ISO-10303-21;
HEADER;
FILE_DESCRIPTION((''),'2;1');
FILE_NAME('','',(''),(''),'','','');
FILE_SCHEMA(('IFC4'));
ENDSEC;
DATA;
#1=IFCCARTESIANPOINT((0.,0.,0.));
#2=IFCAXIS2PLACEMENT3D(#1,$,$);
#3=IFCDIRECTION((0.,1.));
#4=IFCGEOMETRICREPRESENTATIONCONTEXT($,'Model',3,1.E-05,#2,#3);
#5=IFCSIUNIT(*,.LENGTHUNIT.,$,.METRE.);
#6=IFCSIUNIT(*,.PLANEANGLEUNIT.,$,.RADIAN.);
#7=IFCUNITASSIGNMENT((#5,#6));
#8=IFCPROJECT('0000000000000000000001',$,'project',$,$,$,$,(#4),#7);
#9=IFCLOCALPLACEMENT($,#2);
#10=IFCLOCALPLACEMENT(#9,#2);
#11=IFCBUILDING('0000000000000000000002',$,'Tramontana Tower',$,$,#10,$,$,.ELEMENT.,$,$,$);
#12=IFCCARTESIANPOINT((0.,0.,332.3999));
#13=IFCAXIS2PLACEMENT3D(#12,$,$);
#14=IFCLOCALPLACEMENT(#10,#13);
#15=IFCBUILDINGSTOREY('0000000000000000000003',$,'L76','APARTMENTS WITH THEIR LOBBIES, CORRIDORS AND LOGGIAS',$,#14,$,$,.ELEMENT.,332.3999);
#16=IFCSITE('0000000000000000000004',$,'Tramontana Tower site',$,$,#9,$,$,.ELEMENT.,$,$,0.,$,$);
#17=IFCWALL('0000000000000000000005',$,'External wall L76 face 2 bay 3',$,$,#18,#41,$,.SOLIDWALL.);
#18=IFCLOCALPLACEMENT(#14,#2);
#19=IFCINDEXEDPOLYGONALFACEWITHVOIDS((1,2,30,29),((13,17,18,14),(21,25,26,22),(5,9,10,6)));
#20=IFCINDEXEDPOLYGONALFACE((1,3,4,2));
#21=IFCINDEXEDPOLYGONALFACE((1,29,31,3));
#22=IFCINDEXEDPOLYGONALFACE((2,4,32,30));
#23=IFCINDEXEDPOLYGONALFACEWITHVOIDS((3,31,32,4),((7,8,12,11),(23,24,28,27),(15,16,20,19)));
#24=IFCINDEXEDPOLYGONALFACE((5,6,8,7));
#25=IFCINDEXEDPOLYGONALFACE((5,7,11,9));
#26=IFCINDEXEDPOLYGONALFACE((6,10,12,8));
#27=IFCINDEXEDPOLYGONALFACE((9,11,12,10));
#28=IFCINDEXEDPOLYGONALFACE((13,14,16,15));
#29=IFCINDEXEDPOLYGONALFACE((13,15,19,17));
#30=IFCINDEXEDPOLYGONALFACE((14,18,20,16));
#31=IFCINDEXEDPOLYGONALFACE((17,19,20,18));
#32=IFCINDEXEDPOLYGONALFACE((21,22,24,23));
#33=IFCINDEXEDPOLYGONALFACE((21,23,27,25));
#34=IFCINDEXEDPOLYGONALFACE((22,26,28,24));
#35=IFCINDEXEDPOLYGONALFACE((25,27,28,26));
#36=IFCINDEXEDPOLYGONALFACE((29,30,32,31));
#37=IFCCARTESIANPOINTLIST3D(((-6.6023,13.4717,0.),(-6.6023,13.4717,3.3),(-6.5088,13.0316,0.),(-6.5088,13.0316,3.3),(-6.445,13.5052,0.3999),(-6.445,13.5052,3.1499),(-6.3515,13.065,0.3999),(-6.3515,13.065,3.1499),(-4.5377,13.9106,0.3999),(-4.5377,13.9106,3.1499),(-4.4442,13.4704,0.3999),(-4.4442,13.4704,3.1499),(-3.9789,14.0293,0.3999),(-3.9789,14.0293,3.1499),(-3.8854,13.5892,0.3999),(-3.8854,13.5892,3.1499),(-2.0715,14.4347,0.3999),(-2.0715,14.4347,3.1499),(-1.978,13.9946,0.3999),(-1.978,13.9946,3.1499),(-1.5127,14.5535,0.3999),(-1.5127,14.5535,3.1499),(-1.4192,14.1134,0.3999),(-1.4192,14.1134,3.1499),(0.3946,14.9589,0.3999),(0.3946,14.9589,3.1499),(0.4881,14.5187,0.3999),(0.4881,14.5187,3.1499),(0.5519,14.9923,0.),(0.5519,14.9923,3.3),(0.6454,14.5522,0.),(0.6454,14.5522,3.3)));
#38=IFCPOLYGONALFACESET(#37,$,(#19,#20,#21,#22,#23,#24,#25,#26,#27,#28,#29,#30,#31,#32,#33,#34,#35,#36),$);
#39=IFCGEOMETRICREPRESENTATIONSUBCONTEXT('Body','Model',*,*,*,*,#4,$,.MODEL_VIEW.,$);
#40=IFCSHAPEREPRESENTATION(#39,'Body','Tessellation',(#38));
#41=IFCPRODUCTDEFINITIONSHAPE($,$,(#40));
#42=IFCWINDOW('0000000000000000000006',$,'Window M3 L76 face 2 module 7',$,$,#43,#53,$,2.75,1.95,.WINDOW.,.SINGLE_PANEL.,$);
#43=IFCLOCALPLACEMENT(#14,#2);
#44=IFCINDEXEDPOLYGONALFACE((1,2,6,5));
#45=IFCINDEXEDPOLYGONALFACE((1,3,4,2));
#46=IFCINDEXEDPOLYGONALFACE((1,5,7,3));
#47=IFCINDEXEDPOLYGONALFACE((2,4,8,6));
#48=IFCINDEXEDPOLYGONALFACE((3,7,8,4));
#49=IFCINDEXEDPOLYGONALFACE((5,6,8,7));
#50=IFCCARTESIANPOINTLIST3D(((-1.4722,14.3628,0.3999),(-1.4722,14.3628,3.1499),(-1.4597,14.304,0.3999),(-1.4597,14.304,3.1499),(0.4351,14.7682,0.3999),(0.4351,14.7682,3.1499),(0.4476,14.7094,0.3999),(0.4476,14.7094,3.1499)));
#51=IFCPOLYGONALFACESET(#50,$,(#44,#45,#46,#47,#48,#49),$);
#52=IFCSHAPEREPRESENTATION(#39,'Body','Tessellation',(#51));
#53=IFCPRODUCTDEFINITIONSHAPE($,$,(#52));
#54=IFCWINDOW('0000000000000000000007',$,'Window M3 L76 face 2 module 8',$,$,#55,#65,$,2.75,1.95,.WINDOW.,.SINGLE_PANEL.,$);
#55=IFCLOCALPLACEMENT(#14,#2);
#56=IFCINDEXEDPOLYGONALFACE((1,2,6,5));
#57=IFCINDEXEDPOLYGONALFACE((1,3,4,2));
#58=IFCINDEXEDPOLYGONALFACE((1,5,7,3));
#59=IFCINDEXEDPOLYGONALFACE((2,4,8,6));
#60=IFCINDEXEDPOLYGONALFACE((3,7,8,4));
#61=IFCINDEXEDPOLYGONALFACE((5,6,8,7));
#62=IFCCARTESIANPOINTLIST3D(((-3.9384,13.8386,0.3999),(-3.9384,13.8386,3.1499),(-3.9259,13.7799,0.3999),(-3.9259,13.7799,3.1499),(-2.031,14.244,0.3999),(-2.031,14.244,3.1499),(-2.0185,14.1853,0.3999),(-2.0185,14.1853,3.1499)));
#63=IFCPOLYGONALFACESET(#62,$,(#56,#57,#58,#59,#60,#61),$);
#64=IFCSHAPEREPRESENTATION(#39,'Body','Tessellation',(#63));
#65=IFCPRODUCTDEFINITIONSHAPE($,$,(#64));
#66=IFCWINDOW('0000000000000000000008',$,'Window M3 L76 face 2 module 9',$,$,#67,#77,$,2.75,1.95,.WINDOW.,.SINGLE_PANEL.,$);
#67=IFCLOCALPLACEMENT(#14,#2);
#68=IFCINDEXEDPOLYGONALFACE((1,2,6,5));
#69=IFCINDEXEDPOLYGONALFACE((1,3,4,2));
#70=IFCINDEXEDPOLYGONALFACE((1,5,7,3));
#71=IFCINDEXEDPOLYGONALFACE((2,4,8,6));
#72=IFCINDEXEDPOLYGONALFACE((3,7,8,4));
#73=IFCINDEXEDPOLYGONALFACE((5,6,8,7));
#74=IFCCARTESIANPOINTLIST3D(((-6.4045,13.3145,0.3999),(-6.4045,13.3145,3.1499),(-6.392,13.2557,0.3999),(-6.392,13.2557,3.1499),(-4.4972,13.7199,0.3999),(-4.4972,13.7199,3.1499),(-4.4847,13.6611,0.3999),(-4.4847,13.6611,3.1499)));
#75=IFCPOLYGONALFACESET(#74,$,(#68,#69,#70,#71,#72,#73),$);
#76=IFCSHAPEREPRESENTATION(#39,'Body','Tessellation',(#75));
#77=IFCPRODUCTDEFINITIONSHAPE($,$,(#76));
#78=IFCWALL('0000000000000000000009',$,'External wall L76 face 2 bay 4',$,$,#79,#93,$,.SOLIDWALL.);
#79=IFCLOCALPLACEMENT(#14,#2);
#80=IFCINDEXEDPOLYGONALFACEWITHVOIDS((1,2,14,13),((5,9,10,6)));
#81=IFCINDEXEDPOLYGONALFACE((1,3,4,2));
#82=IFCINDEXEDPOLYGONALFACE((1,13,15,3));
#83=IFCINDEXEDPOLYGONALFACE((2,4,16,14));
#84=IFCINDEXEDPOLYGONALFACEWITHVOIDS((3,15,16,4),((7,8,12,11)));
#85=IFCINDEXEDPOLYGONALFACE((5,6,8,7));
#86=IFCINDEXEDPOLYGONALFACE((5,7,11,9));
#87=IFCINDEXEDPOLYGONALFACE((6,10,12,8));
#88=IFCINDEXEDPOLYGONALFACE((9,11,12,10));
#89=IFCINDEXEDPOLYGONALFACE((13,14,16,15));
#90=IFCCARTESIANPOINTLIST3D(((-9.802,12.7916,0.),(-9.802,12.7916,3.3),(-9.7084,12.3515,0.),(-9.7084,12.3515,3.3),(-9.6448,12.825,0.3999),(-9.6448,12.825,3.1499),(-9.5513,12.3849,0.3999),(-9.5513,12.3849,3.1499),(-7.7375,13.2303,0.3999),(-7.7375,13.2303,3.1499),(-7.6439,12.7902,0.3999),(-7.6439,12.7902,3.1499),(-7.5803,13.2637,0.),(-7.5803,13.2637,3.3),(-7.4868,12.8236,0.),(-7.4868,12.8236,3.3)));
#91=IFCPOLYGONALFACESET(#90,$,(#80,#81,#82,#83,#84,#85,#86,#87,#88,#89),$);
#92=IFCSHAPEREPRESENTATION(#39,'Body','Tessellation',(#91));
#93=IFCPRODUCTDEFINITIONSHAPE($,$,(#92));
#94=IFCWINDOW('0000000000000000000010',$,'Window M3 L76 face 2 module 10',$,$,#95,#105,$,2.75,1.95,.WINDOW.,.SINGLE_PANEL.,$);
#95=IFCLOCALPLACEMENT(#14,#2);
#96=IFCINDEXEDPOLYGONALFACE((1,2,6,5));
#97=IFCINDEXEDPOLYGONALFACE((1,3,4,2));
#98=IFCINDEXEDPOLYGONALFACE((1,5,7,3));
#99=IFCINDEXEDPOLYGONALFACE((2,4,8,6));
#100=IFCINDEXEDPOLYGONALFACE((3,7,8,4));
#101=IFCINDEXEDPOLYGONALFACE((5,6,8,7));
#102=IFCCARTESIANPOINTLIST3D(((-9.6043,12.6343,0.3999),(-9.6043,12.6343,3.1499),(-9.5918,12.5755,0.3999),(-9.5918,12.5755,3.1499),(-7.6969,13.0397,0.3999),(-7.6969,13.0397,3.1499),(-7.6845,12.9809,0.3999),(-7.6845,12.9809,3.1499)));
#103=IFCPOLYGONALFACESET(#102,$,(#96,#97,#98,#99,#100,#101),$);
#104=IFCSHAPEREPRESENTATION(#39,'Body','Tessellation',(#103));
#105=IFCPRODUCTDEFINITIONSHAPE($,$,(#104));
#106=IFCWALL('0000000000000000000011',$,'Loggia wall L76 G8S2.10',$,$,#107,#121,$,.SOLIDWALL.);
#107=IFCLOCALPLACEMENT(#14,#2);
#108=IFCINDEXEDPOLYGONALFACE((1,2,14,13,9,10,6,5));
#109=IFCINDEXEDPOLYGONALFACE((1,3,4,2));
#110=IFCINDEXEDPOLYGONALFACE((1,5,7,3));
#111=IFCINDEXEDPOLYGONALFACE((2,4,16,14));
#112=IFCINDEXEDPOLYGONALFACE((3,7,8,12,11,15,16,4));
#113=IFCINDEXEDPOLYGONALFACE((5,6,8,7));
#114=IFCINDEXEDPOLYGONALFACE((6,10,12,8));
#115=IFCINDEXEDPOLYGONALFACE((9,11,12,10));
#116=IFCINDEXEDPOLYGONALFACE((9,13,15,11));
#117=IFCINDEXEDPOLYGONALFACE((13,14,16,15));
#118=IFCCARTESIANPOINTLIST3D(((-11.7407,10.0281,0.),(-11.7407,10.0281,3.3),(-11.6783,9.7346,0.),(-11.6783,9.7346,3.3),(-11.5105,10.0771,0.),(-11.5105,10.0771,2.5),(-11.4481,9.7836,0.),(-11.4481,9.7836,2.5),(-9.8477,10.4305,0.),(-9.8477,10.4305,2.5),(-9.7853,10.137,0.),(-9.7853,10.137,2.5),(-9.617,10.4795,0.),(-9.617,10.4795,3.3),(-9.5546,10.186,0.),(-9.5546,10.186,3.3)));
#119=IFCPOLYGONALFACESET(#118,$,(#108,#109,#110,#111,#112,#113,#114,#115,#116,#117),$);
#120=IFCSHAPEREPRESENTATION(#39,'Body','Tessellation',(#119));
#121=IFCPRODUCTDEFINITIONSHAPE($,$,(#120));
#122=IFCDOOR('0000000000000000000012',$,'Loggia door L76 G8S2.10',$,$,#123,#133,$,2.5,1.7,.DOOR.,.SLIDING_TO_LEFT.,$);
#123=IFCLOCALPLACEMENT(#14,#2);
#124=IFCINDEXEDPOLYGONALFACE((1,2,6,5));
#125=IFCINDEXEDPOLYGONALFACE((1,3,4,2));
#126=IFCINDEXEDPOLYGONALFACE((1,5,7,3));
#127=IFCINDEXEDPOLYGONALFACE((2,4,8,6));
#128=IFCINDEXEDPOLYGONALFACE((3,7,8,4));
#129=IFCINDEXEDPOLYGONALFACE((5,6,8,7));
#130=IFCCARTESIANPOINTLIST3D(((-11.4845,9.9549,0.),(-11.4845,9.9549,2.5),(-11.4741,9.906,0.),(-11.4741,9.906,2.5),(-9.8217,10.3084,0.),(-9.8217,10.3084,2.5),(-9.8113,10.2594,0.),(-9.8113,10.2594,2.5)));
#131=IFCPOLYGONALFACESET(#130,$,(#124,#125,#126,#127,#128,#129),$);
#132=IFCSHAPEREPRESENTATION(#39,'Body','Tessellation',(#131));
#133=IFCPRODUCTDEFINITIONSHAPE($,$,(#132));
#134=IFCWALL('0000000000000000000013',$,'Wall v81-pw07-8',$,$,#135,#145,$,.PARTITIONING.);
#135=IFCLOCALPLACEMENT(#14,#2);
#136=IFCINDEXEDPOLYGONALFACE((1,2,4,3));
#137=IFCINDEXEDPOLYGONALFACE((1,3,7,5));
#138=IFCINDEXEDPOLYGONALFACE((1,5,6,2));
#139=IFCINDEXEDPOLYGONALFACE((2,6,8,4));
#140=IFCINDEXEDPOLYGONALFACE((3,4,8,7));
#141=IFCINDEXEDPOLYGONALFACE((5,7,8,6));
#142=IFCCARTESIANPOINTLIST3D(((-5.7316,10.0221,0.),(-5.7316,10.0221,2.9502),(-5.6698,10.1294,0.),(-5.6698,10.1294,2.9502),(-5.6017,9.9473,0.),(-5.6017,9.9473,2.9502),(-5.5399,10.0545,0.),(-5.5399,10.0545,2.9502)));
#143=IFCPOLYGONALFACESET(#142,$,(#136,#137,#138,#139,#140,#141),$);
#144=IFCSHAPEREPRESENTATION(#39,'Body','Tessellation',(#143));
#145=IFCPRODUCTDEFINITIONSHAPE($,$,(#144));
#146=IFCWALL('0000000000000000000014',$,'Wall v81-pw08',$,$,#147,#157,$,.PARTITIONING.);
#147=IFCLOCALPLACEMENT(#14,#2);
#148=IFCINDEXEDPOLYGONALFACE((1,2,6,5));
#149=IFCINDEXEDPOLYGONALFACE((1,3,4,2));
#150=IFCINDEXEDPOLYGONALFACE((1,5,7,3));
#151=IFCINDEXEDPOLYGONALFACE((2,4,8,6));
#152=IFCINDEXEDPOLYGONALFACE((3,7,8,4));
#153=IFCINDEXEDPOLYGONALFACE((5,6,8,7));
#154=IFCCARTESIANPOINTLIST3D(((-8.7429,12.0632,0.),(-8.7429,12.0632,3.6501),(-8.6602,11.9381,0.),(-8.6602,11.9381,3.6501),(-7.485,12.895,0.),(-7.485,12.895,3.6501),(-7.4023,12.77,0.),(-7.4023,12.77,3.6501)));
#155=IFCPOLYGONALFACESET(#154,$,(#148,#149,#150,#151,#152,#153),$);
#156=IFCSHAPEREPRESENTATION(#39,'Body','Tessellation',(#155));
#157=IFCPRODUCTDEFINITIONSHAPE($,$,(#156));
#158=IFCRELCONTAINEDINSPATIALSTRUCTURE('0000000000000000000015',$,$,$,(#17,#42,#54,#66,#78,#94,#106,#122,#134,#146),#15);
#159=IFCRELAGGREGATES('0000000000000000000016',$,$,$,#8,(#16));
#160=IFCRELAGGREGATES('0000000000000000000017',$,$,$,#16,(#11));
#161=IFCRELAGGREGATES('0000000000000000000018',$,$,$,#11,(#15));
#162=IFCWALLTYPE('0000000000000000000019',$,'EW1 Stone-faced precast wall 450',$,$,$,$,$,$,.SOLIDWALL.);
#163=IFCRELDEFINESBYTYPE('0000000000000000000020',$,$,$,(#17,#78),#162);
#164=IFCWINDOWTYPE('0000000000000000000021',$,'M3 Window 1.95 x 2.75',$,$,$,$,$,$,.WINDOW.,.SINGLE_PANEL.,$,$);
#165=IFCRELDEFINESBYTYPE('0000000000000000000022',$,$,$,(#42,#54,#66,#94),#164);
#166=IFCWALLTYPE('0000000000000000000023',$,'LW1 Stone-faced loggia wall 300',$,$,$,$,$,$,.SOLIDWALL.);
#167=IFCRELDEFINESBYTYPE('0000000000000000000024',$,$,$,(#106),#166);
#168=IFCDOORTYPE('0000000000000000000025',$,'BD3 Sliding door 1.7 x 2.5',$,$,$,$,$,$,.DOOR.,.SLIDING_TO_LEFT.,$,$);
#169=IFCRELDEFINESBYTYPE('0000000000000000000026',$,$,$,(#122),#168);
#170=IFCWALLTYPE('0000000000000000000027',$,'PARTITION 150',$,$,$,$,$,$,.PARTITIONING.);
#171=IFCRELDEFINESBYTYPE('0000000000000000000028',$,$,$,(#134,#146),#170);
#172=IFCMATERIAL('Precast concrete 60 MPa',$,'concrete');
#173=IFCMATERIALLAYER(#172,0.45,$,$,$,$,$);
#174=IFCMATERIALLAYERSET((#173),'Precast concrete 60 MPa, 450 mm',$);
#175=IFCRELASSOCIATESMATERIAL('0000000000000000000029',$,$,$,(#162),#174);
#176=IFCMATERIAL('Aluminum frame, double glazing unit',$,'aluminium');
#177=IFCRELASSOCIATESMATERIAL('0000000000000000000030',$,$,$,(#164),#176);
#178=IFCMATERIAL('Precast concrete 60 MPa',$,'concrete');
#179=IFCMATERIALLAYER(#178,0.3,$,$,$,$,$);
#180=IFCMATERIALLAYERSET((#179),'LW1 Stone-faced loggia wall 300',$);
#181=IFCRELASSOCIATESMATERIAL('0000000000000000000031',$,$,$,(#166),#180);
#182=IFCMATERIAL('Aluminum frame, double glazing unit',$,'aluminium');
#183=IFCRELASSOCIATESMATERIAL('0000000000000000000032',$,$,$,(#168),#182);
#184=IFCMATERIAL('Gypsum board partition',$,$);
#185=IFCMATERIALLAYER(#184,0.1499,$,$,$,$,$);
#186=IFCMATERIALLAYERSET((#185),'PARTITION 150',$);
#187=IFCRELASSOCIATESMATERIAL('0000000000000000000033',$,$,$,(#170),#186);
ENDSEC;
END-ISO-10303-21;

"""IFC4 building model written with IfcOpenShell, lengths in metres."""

from ifc_helpers import new_model, si_unit, direction, frame, frame_2d, origin, place, context, subcontext, project, spatial, rectangle, extrude, material, layer, layer_set, type_object, element, fill, save


model = new_model("IFC4")

# Units and contexts
model_context = context("Model", 3, precision=1e-05, world=origin(), true_north=direction((0.0, 1.0)))
body_context = subcontext(model_context, "Body", "Model", "MODEL_VIEW")
ifc_project = project(units=[si_unit("LENGTHUNIT", "METRE"), si_unit("PLANEANGLEUNIT", "RADIAN")], contexts=[model_context])

# Site, building, storey
site_placement = place(None, origin())
site = spatial("IfcSite", under=ifc_project, at=site_placement, Name="Tramontana Tower site", CompositionType="ELEMENT", RefElevation=0.0)
building_placement = place(site_placement, origin())
building = spatial("IfcBuilding", under=site, at=building_placement, Name="Tramontana Tower", CompositionType="ELEMENT")
storey_placement = place(building_placement, frame((0.0, 0.0, 332.3999)))
storey = spatial("IfcBuildingStorey", under=building, at=storey_placement, Name="L76", Description="APARTMENTS WITH THEIR LOBBIES, CORRIDORS AND LOGGIAS", CompositionType="ELEMENT", Elevation=332.3999)

# Wall, openings, windows
ifc_material_1 = material(Name="Precast concrete 60 MPa", Category="concrete")
ifc_layer_1 = layer(ifc_material_1, 0.45)
ifc_layer_set_1 = layer_set([ifc_layer_1], Name="Precast concrete 60 MPa, 450 mm")
wall_type_1 = type_object("IfcWallType", Name="EW1 Stone-faced precast wall 450", PredefinedType="SOLIDWALL", material=ifc_layer_set_1)
wall_1_placement = place(storey_placement, frame((0.5986, 14.7722, 0.0), z_axis=(0.0, 0.0, 1.0), x_axis=(-0.978151, -0.207894, 0.0)))
wall_1 = element("IfcWall", 1, at=wall_1_placement, inside=storey, type_object=wall_type_1, Name="External wall L76 face 2 bay 3", PredefinedType="SOLIDWALL", context=body_context, shape_type="SweptSolid", body=[
    extrude(rectangle(XDim=7.314, YDim=0.45, at=frame_2d((3.657, 0.0))), origin(), (0.0, 0.0, 1.0), 3.3),
])
opening_1_placement = place(wall_1_placement, frame((0.1606, 0.0, 0.3999)))
opening_1 = element("IfcOpeningElement", 2, at=opening_1_placement, cuts=wall_1, PredefinedType="OPENING", context=body_context, shape_type="SweptSolid", body=[
    extrude(rectangle(XDim=1.95, YDim=2.75, at=frame_2d((0.9751, 1.375))), frame((0.0, 0.2349, 0.0), z_axis=(0.0, -1.0, 0.0), x_axis=(1.0, 0.0, 0.0)), (0.0, 0.0, 1.0), 0.47),
])
opening_2_placement = place(wall_1_placement, frame((2.6819, 0.0, 0.3999)))
opening_2 = element("IfcOpeningElement", 3, at=opening_2_placement, cuts=wall_1, PredefinedType="OPENING", context=body_context, shape_type="SweptSolid", body=[
    extrude(rectangle(XDim=1.95, YDim=2.75, at=frame_2d((0.9751, 1.375))), frame((0.0, 0.2349, 0.0), z_axis=(0.0, -1.0, 0.0), x_axis=(1.0, 0.0, 0.0)), (0.0, 0.0, 1.0), 0.47),
])
opening_3_placement = place(wall_1_placement, frame((5.2031, 0.0, 0.3999)))
opening_3 = element("IfcOpeningElement", 4, at=opening_3_placement, cuts=wall_1, PredefinedType="OPENING", context=body_context, shape_type="SweptSolid", body=[
    extrude(rectangle(XDim=1.95, YDim=2.75, at=frame_2d((0.9751, 1.375))), frame((0.0, 0.2349, 0.0), z_axis=(0.0, -1.0, 0.0), x_axis=(1.0, 0.0, 0.0)), (0.0, 0.0, 1.0), 0.47),
])
ifc_material_2 = material(Name="Aluminum frame, double glazing unit", Category="aluminium")
window_type = type_object("IfcWindowType", Name="M3 Window 1.95 x 2.75", PartitioningType="SINGLE_PANEL", PredefinedType="WINDOW", material=ifc_material_2)
window_1_placement = place(opening_1_placement, origin())
window_1 = element("IfcWindow", 5, at=window_1_placement, inside=storey, type_object=window_type, Name="Window M3 L76 face 2 module 7", OverallHeight=2.75, OverallWidth=1.95, PartitioningType="SINGLE_PANEL", PredefinedType="WINDOW", context=body_context, shape_type="SweptSolid", body=[
    extrude(rectangle(XDim=1.95, YDim=2.75, at=frame_2d((0.9751, 1.375))), frame((0.0, 0.03, 0.0), z_axis=(0.0, -1.0, 0.0), x_axis=(1.0, 0.0, 0.0)), (0.0, 0.0, 1.0), 0.0601),
])
fill(opening_1, window_1)
window_2_placement = place(opening_2_placement, origin())
window_2 = element("IfcWindow", 6, at=window_2_placement, inside=storey, type_object=window_type, Name="Window M3 L76 face 2 module 8", OverallHeight=2.75, OverallWidth=1.95, PartitioningType="SINGLE_PANEL", PredefinedType="WINDOW", context=body_context, shape_type="SweptSolid", body=[
    extrude(rectangle(XDim=1.95, YDim=2.75, at=frame_2d((0.9751, 1.375))), frame((0.0, 0.03, 0.0), z_axis=(0.0, -1.0, 0.0), x_axis=(1.0, 0.0, 0.0)), (0.0, 0.0, 1.0), 0.0601),
])
fill(opening_2, window_2)
window_3_placement = place(opening_3_placement, origin())
window_3 = element("IfcWindow", 7, at=window_3_placement, inside=storey, type_object=window_type, Name="Window M3 L76 face 2 module 9", OverallHeight=2.75, OverallWidth=1.95, PartitioningType="SINGLE_PANEL", PredefinedType="WINDOW", context=body_context, shape_type="SweptSolid", body=[
    extrude(rectangle(XDim=1.95, YDim=2.75, at=frame_2d((0.9751, 1.375))), frame((0.0, 0.03, 0.0), z_axis=(0.0, -1.0, 0.0), x_axis=(1.0, 0.0, 0.0)), (0.0, 0.0, 1.0), 0.0601),
])
fill(opening_3, window_3)

# Wall, opening, window
wall_2_placement = place(storey_placement, frame((-7.5334, 13.0437, 0.0), z_axis=(0.0, 0.0, 1.0), x_axis=(-0.978153, -0.207884, 0.0)))
wall_2 = element("IfcWall", 8, at=wall_2_placement, inside=storey, type_object=wall_type_1, Name="External wall L76 face 2 bay 4", PredefinedType="SOLIDWALL", context=body_context, shape_type="SweptSolid", body=[
    extrude(rectangle(XDim=2.2712, YDim=0.45, at=frame_2d((1.1357, 0.0))), origin(), (0.0, 0.0, 1.0), 3.3),
])
opening_4_placement = place(wall_2_placement, frame((0.1606, 0.0, 0.3999)))
opening_4 = element("IfcOpeningElement", 9, at=opening_4_placement, cuts=wall_2, PredefinedType="OPENING", context=body_context, shape_type="SweptSolid", body=[
    extrude(rectangle(XDim=1.95, YDim=2.75, at=frame_2d((0.9751, 1.375))), frame((0.0, 0.2349, 0.0), z_axis=(0.0, -1.0, 0.0), x_axis=(1.0, 0.0, 0.0)), (0.0, 0.0, 1.0), 0.47),
])
window_4_placement = place(opening_4_placement, origin())
window_4 = element("IfcWindow", 10, at=window_4_placement, inside=storey, type_object=window_type, Name="Window M3 L76 face 2 module 10", OverallHeight=2.75, OverallWidth=1.95, PartitioningType="SINGLE_PANEL", PredefinedType="WINDOW", context=body_context, shape_type="SweptSolid", body=[
    extrude(rectangle(XDim=1.95, YDim=2.75, at=frame_2d((0.9751, 1.375))), frame((0.0, 0.03, 0.0), z_axis=(0.0, -1.0, 0.0), x_axis=(1.0, 0.0, 0.0)), (0.0, 0.0, 1.0), 0.0601),
])
fill(opening_4, window_4)

# Wall, opening, door
ifc_material_3 = material(Name="Precast concrete 60 MPa", Category="concrete")
ifc_layer_2 = layer(ifc_material_3, 0.3)
ifc_layer_set_2 = layer_set([ifc_layer_2], Name="LW1 Stone-faced loggia wall 300")
wall_type_2 = type_object("IfcWallType", Name="LW1 Stone-faced loggia wall 300", PredefinedType="SOLIDWALL", material=ifc_layer_set_2)
wall_3_placement = place(storey_placement, frame((-9.5859, 10.3328, 0.0), z_axis=(0.0, 0.0, 1.0), x_axis=(-0.978148, -0.207909, 0.0)))
wall_3 = element("IfcWall", 11, at=wall_3_placement, inside=storey, type_object=wall_type_2, Name="Loggia wall L76 G8S2.10", PredefinedType="SOLIDWALL", context=body_context, shape_type="SweptSolid", body=[
    extrude(rectangle(XDim=2.1711, YDim=0.3, at=frame_2d((1.0854, 0.0))), origin(), (0.0, 0.0, 1.0), 3.3),
])
opening_5_placement = place(wall_3_placement, frame((0.2356, 0.0, 0.0)))
opening_5 = element("IfcOpeningElement", 12, at=opening_5_placement, cuts=wall_3, PredefinedType="OPENING", context=body_context, shape_type="SweptSolid", body=[
    extrude(rectangle(XDim=1.7, YDim=2.5, at=frame_2d((0.8501, 1.25))), frame((0.0, 0.1599, 0.0), z_axis=(0.0, -1.0, 0.0), x_axis=(1.0, 0.0, 0.0)), (0.0, 0.0, 1.0), 0.3201),
])
ifc_material_4 = material(Name="Aluminum frame, double glazing unit", Category="aluminium")
door_type_1 = type_object("IfcDoorType", Name="BD3 Sliding door 1.7 x 2.5", OperationType="SLIDING_TO_LEFT", PredefinedType="DOOR", material=ifc_material_4)
door_1_placement = place(opening_5_placement, origin())
door_1 = element("IfcDoor", 13, at=door_1_placement, inside=storey, type_object=door_type_1, Name="Loggia door L76 G8S2.10", OperationType="SLIDING_TO_LEFT", OverallHeight=2.5, OverallWidth=1.7, PredefinedType="DOOR", context=body_context, shape_type="SweptSolid", body=[
    extrude(rectangle(XDim=1.7, YDim=2.5, at=frame_2d((0.8501, 1.25))), frame((0.0, 0.0249, 0.0), z_axis=(0.0, -1.0, 0.0), x_axis=(1.0, 0.0, 0.0)), (0.0, 0.0, 1.0), 0.05),
])
fill(opening_5, door_1)

# Walls
ifc_material_5 = material(Name="Gypsum board partition")
ifc_layer_3 = layer(ifc_material_5, 0.1499)
ifc_layer_set_3 = layer_set([ifc_layer_3], Name="PARTITION 150")
wall_type_3 = type_object("IfcWallType", Name="PARTITION 150", PredefinedType="PARTITIONING", material=ifc_layer_set_3)
wall_4_placement = place(storey_placement, frame((-5.6667, 9.9846, 0.0), z_axis=(0.0, 0.0, 1.0), x_axis=(0.499324, 0.866415, 0.0)))
element("IfcWall", 14, at=wall_4_placement, inside=storey, type_object=wall_type_3, Name="Wall v81-pw07-8", PredefinedType="PARTITIONING", context=body_context, shape_type="SweptSolid", body=[
    extrude(rectangle(XDim=0.1238, YDim=0.1499, at=frame_2d((0.062, 0.0))), origin(), (0.0, 0.0, 1.0), 2.9502),
])
wall_5_placement = place(storey_placement, frame((-8.7014, 12.0007, 0.0), z_axis=(0.0, 0.0, 1.0), x_axis=(0.834112, 0.551595, 0.0)))
element("IfcWall", 15, at=wall_5_placement, inside=storey, type_object=wall_type_3, Name="Wall v81-pw08", PredefinedType="PARTITIONING", context=body_context, shape_type="SweptSolid", body=[
    extrude(rectangle(XDim=1.5081, YDim=0.1499, at=frame_2d((0.7539, 0.0))), origin(), (0.0, 0.0, 1.0), 3.6501),
])

save(model, "model.ifc")
